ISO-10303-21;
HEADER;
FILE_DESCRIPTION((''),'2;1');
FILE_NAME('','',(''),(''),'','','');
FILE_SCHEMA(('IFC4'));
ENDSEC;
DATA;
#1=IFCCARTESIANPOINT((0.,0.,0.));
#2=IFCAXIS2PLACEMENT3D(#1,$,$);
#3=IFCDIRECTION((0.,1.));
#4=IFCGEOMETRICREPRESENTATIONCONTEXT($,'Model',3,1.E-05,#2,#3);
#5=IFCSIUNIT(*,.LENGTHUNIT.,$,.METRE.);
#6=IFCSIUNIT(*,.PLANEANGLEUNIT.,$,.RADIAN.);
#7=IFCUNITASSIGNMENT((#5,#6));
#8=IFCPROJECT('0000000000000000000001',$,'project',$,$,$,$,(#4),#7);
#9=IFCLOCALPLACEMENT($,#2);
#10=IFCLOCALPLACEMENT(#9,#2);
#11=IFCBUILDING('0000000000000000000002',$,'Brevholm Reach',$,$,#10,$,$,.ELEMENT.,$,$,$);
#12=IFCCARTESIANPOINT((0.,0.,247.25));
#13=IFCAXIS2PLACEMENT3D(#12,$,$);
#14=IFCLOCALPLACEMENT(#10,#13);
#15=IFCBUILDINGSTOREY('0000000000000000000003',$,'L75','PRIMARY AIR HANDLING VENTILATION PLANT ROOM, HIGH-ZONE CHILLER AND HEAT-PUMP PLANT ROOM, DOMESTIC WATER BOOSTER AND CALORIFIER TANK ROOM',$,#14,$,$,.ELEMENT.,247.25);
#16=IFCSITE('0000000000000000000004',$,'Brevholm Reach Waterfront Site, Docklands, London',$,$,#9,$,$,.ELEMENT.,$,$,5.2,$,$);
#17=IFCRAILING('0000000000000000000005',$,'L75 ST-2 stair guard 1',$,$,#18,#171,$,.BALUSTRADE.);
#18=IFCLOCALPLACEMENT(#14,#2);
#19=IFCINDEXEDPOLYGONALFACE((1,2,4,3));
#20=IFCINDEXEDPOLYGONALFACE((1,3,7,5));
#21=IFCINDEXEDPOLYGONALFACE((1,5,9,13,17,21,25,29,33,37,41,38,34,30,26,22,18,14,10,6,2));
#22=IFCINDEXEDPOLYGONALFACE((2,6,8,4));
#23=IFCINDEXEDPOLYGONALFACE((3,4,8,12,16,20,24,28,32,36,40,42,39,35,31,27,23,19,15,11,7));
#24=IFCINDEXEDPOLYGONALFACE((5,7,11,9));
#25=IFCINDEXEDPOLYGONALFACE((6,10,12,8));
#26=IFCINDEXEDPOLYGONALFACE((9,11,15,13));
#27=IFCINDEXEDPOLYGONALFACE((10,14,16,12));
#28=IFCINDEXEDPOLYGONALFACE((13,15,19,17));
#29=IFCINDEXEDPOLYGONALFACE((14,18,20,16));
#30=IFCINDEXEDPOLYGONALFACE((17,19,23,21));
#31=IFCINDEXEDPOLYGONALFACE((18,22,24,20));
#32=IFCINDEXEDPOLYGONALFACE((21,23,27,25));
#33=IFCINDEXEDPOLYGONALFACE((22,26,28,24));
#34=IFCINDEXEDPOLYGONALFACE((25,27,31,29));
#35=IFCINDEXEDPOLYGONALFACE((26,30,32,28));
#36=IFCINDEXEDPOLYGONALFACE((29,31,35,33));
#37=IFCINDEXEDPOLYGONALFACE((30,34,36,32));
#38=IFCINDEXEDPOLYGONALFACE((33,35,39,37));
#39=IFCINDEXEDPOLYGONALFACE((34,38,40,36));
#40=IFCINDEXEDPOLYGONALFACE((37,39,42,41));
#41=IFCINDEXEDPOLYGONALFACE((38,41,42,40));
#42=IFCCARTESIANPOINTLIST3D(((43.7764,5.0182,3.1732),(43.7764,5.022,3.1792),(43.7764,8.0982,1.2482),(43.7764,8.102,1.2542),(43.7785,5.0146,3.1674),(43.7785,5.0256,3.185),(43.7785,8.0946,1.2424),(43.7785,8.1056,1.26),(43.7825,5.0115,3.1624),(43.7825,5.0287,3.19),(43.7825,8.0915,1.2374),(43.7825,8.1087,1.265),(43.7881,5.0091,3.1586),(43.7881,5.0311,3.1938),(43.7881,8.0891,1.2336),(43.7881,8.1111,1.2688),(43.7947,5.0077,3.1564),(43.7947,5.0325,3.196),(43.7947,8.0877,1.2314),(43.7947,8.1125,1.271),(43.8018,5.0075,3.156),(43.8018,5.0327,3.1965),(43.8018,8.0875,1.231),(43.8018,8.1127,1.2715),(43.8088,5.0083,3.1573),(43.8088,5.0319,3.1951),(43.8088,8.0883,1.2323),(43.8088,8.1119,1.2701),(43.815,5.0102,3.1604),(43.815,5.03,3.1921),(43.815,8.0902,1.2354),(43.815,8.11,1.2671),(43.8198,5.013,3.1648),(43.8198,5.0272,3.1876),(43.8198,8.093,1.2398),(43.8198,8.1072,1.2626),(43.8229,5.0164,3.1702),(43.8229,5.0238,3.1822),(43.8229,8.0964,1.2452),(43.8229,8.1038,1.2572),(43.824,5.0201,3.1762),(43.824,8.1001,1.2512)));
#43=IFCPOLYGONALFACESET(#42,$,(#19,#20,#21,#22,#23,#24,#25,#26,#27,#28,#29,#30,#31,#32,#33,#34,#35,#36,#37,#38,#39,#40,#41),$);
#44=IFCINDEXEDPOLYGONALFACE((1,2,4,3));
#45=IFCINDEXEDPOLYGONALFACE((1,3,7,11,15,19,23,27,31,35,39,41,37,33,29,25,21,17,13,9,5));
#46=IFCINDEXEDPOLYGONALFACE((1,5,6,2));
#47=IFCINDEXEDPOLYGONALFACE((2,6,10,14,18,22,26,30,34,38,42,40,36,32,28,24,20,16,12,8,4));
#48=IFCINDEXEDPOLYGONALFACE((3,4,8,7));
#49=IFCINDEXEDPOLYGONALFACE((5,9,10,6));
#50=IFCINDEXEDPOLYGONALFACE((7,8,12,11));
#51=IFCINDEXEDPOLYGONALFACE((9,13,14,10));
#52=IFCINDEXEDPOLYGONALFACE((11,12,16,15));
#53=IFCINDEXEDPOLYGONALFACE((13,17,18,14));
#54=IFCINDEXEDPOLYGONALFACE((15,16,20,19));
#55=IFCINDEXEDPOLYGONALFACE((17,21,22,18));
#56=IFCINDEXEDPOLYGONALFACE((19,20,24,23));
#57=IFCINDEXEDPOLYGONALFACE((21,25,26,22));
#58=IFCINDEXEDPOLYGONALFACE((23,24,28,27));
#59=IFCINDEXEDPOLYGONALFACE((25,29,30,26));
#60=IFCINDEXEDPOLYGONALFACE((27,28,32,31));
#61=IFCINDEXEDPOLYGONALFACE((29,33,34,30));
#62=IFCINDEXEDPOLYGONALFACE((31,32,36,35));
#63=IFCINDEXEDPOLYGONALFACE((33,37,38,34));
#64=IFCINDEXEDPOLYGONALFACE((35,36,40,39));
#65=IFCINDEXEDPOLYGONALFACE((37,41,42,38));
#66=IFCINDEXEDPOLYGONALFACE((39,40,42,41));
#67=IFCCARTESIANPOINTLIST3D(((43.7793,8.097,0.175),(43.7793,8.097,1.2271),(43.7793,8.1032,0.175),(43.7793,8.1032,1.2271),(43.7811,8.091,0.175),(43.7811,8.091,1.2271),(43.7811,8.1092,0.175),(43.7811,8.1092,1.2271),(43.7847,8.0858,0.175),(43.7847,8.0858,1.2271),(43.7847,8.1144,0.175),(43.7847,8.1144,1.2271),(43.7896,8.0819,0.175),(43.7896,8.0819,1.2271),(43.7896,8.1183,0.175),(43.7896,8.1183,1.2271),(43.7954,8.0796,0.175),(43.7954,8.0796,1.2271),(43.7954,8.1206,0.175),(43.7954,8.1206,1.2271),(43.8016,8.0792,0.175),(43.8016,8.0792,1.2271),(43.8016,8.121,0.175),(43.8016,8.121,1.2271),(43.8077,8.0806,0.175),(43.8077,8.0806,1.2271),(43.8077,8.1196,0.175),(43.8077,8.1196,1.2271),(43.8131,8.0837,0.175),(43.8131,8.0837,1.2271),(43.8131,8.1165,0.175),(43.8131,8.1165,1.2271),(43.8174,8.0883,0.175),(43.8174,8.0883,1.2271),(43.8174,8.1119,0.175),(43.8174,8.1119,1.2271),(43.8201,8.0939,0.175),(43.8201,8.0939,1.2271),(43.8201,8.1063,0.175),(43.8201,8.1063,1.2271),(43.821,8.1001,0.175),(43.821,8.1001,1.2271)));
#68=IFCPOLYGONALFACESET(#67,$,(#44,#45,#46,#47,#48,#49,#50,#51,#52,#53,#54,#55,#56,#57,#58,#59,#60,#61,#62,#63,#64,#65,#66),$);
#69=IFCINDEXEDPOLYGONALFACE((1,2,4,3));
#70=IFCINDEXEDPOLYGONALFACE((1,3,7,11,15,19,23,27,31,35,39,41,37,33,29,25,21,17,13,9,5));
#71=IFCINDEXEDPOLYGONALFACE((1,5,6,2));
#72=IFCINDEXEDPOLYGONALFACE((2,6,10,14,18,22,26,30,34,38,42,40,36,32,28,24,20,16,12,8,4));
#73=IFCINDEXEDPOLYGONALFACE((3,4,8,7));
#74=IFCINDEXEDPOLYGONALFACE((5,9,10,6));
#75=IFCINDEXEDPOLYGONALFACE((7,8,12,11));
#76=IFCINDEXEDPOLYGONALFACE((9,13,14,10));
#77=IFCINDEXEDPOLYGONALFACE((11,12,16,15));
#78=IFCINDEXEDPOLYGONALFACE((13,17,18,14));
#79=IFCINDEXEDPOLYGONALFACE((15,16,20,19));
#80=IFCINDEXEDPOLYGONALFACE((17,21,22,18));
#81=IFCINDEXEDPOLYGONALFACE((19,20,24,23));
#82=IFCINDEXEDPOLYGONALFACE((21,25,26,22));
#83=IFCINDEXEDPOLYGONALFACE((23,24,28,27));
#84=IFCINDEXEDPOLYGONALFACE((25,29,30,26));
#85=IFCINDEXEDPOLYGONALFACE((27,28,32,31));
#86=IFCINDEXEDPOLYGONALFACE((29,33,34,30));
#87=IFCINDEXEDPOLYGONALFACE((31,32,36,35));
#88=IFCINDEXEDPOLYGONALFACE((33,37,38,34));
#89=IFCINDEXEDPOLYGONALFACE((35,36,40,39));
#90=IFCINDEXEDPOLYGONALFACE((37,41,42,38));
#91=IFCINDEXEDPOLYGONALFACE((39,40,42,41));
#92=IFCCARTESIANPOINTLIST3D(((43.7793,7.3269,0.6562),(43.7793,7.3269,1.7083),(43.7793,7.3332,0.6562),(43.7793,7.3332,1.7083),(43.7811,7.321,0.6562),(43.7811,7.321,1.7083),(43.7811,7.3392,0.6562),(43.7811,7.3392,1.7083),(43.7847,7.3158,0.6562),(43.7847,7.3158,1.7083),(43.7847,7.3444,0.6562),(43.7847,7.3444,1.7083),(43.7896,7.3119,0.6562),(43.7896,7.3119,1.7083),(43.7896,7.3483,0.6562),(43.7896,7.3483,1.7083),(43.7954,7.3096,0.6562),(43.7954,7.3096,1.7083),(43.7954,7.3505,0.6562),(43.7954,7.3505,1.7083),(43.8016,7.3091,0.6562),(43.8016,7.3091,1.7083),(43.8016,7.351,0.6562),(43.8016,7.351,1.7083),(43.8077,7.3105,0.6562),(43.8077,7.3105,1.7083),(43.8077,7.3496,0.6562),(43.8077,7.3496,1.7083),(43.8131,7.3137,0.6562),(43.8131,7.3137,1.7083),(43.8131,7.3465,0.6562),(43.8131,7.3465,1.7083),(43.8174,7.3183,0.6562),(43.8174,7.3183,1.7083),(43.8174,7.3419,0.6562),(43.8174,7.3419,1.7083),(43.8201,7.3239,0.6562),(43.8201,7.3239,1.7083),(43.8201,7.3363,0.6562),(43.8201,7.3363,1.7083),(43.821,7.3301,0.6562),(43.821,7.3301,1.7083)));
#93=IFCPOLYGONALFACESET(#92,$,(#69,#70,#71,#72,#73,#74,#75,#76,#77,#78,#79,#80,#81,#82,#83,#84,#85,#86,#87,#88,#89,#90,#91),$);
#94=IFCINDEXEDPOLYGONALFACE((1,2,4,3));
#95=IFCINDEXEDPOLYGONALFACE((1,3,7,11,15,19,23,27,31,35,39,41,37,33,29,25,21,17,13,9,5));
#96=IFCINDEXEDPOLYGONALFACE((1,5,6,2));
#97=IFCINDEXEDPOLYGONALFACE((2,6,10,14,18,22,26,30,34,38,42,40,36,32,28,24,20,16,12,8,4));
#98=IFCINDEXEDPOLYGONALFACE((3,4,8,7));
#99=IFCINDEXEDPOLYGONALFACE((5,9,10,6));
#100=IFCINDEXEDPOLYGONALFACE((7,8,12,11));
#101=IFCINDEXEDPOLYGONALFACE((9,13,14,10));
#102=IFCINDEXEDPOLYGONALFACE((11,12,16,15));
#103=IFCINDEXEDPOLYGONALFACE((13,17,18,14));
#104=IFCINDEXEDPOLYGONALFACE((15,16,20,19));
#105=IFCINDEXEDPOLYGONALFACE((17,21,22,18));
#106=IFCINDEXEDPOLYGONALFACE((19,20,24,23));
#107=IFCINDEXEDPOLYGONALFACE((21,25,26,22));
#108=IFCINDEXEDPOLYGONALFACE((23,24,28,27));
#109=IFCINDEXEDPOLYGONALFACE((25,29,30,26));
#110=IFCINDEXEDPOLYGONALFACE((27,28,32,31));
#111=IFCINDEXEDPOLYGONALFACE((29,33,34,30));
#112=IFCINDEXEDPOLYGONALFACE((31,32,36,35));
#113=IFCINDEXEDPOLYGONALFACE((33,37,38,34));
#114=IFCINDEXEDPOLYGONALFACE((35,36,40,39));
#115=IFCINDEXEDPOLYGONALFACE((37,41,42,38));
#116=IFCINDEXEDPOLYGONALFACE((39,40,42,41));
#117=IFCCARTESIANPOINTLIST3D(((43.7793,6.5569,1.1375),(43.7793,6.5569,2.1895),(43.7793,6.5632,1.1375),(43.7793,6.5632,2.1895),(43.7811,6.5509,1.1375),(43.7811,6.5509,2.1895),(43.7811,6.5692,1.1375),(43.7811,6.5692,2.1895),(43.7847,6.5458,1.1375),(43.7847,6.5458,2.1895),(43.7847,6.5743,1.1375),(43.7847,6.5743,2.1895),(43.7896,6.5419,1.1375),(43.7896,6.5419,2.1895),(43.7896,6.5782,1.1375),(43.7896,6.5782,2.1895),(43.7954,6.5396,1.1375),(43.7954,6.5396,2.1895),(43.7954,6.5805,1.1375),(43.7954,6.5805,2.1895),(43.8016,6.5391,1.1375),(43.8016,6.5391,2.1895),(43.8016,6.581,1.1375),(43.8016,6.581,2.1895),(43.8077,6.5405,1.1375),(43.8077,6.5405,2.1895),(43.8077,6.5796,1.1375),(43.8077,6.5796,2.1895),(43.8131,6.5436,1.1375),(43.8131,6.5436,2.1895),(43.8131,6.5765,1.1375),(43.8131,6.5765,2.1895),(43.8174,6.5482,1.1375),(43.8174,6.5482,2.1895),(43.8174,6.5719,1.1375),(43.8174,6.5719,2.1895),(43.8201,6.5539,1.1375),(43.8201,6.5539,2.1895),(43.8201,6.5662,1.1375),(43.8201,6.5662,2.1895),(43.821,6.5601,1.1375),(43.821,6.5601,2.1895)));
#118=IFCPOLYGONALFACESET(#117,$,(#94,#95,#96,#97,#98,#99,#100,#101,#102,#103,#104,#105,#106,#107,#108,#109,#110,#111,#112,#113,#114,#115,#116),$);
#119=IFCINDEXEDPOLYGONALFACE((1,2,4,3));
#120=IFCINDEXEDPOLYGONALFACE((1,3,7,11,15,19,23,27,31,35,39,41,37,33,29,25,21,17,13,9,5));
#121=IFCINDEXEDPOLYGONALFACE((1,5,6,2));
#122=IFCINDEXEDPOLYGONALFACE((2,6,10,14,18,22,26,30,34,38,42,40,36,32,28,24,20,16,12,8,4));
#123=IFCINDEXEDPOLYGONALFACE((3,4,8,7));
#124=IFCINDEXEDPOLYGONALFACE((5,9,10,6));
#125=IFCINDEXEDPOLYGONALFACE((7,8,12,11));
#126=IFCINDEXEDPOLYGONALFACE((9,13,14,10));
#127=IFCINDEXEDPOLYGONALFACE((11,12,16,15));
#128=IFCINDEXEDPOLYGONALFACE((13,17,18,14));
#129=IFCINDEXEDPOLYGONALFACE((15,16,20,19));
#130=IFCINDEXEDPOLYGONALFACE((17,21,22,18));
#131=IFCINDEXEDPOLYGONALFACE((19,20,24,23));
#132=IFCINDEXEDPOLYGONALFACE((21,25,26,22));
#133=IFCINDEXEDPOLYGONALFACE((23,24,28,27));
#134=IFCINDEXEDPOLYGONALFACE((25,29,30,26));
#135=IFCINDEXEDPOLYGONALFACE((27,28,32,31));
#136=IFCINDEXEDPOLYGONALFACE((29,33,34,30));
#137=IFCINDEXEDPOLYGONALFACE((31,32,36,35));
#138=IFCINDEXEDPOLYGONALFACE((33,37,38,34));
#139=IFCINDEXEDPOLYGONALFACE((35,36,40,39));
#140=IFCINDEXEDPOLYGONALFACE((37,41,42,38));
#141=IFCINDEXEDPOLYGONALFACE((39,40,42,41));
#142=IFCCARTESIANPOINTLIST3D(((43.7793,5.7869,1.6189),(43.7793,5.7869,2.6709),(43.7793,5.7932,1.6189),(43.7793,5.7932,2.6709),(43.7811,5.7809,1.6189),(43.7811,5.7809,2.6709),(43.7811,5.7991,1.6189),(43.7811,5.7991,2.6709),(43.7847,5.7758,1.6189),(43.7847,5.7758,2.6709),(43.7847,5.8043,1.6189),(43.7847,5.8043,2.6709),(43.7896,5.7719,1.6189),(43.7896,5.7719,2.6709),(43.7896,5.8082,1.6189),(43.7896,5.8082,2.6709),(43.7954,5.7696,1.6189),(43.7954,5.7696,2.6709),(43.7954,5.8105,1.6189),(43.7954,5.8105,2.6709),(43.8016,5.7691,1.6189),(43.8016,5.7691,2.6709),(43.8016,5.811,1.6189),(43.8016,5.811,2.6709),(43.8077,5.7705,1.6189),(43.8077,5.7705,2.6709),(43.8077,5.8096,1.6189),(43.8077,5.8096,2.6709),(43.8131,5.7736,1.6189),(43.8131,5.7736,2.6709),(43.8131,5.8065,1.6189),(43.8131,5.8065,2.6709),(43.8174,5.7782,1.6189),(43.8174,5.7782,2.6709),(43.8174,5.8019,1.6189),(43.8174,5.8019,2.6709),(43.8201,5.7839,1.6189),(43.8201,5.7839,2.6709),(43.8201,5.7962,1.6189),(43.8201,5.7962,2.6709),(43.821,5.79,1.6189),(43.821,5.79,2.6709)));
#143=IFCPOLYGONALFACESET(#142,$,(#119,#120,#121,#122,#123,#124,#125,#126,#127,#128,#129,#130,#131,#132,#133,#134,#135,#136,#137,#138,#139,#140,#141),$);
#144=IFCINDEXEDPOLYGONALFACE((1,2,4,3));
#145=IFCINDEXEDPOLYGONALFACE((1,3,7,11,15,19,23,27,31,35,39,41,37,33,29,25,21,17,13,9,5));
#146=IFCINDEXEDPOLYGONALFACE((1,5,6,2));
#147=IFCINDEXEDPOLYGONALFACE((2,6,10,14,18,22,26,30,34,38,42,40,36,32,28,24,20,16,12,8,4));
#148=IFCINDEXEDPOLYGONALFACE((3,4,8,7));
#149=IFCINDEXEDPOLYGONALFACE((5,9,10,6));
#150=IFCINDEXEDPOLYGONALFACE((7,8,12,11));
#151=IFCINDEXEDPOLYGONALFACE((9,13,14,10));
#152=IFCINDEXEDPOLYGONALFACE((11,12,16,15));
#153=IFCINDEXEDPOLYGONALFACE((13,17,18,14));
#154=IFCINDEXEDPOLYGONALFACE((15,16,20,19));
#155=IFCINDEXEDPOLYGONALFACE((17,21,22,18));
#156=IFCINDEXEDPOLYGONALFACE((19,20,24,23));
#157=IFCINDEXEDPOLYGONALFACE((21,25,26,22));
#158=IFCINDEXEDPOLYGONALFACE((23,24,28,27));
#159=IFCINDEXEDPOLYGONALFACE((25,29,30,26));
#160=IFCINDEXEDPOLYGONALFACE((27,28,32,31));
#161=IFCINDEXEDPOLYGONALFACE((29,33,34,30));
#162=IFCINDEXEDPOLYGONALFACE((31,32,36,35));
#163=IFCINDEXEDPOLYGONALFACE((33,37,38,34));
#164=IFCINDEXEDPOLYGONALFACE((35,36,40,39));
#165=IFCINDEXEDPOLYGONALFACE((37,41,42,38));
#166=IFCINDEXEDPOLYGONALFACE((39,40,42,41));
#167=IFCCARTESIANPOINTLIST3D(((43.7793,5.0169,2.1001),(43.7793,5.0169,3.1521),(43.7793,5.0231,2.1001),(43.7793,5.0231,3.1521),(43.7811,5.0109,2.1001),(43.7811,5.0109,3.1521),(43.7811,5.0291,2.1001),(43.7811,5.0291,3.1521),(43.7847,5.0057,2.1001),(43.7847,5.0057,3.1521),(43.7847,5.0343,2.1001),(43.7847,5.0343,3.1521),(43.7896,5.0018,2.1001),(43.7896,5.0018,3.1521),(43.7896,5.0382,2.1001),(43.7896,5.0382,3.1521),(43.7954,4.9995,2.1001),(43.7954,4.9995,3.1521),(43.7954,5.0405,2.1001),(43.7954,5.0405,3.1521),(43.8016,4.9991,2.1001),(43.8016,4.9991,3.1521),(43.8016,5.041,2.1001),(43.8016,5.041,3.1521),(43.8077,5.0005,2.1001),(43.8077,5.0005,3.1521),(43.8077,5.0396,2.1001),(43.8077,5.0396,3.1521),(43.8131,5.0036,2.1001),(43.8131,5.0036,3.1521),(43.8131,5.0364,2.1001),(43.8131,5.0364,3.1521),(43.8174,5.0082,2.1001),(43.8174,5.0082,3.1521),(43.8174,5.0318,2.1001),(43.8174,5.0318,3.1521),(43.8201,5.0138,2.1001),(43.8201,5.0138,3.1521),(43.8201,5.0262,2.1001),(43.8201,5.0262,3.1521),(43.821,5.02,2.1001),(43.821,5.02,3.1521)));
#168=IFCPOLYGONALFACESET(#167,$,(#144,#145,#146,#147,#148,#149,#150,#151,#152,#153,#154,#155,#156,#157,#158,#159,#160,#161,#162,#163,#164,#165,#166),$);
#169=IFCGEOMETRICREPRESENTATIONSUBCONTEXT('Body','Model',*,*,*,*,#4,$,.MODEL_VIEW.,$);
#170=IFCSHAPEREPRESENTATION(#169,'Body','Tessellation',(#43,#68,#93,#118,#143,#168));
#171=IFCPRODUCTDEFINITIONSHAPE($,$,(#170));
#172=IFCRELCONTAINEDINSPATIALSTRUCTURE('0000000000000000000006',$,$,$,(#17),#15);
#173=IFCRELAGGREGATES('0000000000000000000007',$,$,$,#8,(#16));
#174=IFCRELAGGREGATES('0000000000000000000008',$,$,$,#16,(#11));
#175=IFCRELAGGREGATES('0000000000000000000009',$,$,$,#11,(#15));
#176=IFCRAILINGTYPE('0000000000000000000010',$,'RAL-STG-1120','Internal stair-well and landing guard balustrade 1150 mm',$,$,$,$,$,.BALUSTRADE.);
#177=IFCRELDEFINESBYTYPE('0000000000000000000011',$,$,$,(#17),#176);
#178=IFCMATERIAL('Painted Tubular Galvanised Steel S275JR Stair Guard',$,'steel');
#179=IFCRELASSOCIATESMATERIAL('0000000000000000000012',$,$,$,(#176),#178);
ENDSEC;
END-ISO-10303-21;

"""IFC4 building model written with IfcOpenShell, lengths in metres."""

from ifc_helpers import new_model, si_unit, direction, frame, origin, origin_2d, place, context, subcontext, project, spatial, circle, extrude, material, type_object, element, save


model = new_model("IFC4")

# Units and contexts
model_context = context("Model", 3, precision=1e-05, world=origin(), true_north=direction((0.0, 1.0)))
body_context = subcontext(model_context, "Body", "Model", "MODEL_VIEW")
ifc_project = project(units=[si_unit("LENGTHUNIT", "METRE"), si_unit("PLANEANGLEUNIT", "RADIAN")], contexts=[model_context])

# Site, building, storey
site_placement = place(None, origin())
site = spatial("IfcSite", under=ifc_project, at=site_placement, Name="Brevholm Reach Waterfront Site, Docklands, London", CompositionType="ELEMENT", RefElevation=5.2)
building_placement = place(site_placement, origin())
building = spatial("IfcBuilding", under=site, at=building_placement, Name="Brevholm Reach", CompositionType="ELEMENT")
storey_placement = place(building_placement, frame((0.0, 0.0, 247.25)))
storey = spatial("IfcBuildingStorey", under=building, at=storey_placement, Name="L75", Description="PRIMARY AIR HANDLING VENTILATION PLANT ROOM, HIGH-ZONE CHILLER AND HEAT-PUMP PLANT ROOM, DOMESTIC WATER BOOSTER AND CALORIFIER TANK ROOM", CompositionType="ELEMENT", Elevation=247.25)

# Railing
ifc_material_1 = material(Name="Painted Tubular Galvanised Steel S275JR Stair Guard", Category="steel")
railing_type_1 = type_object("IfcRailingType", Name="RAL-STG-1120", Description="Internal stair-well and landing guard balustrade 1150 mm", PredefinedType="BALUSTRADE", material=ifc_material_1)
railing_1_placement = place(storey_placement, frame((43.8, 8.1001, 0.175)))
element("IfcRailing", 1, at=railing_1_placement, inside=storey, type_object=railing_type_1, Name="L75 ST-2 stair guard 1", PredefinedType="BALUSTRADE", context=body_context, shape_type="SweptSolid", body=[
    extrude(circle(Radius=0.0239, at=origin_2d()), frame((0.0, 0.0, 1.0762), z_axis=(0.0, -0.847998, 0.529999), x_axis=(1.0, 0.0, 0.0)), (0.0, 0.0, 1.0), 3.6321),
    extrude(circle(Radius=0.021, at=origin_2d()), origin(), (0.0, 0.0, 1.0), 1.052),
    extrude(circle(Radius=0.021, at=origin_2d()), frame((0.0, -0.77, 0.4812)), (0.0, 0.0, 1.0), 1.052),
    extrude(circle(Radius=0.021, at=origin_2d()), frame((0.0, -1.54, 0.9624)), (0.0, 0.0, 1.0), 1.052),
    extrude(circle(Radius=0.021, at=origin_2d()), frame((0.0, -2.3101, 1.4438)), (0.0, 0.0, 1.0), 1.052),
    extrude(circle(Radius=0.021, at=origin_2d()), frame((0.0, -3.0801, 1.925)), (0.0, 0.0, 1.0), 1.052),
])

save(model, "model.ifc")
